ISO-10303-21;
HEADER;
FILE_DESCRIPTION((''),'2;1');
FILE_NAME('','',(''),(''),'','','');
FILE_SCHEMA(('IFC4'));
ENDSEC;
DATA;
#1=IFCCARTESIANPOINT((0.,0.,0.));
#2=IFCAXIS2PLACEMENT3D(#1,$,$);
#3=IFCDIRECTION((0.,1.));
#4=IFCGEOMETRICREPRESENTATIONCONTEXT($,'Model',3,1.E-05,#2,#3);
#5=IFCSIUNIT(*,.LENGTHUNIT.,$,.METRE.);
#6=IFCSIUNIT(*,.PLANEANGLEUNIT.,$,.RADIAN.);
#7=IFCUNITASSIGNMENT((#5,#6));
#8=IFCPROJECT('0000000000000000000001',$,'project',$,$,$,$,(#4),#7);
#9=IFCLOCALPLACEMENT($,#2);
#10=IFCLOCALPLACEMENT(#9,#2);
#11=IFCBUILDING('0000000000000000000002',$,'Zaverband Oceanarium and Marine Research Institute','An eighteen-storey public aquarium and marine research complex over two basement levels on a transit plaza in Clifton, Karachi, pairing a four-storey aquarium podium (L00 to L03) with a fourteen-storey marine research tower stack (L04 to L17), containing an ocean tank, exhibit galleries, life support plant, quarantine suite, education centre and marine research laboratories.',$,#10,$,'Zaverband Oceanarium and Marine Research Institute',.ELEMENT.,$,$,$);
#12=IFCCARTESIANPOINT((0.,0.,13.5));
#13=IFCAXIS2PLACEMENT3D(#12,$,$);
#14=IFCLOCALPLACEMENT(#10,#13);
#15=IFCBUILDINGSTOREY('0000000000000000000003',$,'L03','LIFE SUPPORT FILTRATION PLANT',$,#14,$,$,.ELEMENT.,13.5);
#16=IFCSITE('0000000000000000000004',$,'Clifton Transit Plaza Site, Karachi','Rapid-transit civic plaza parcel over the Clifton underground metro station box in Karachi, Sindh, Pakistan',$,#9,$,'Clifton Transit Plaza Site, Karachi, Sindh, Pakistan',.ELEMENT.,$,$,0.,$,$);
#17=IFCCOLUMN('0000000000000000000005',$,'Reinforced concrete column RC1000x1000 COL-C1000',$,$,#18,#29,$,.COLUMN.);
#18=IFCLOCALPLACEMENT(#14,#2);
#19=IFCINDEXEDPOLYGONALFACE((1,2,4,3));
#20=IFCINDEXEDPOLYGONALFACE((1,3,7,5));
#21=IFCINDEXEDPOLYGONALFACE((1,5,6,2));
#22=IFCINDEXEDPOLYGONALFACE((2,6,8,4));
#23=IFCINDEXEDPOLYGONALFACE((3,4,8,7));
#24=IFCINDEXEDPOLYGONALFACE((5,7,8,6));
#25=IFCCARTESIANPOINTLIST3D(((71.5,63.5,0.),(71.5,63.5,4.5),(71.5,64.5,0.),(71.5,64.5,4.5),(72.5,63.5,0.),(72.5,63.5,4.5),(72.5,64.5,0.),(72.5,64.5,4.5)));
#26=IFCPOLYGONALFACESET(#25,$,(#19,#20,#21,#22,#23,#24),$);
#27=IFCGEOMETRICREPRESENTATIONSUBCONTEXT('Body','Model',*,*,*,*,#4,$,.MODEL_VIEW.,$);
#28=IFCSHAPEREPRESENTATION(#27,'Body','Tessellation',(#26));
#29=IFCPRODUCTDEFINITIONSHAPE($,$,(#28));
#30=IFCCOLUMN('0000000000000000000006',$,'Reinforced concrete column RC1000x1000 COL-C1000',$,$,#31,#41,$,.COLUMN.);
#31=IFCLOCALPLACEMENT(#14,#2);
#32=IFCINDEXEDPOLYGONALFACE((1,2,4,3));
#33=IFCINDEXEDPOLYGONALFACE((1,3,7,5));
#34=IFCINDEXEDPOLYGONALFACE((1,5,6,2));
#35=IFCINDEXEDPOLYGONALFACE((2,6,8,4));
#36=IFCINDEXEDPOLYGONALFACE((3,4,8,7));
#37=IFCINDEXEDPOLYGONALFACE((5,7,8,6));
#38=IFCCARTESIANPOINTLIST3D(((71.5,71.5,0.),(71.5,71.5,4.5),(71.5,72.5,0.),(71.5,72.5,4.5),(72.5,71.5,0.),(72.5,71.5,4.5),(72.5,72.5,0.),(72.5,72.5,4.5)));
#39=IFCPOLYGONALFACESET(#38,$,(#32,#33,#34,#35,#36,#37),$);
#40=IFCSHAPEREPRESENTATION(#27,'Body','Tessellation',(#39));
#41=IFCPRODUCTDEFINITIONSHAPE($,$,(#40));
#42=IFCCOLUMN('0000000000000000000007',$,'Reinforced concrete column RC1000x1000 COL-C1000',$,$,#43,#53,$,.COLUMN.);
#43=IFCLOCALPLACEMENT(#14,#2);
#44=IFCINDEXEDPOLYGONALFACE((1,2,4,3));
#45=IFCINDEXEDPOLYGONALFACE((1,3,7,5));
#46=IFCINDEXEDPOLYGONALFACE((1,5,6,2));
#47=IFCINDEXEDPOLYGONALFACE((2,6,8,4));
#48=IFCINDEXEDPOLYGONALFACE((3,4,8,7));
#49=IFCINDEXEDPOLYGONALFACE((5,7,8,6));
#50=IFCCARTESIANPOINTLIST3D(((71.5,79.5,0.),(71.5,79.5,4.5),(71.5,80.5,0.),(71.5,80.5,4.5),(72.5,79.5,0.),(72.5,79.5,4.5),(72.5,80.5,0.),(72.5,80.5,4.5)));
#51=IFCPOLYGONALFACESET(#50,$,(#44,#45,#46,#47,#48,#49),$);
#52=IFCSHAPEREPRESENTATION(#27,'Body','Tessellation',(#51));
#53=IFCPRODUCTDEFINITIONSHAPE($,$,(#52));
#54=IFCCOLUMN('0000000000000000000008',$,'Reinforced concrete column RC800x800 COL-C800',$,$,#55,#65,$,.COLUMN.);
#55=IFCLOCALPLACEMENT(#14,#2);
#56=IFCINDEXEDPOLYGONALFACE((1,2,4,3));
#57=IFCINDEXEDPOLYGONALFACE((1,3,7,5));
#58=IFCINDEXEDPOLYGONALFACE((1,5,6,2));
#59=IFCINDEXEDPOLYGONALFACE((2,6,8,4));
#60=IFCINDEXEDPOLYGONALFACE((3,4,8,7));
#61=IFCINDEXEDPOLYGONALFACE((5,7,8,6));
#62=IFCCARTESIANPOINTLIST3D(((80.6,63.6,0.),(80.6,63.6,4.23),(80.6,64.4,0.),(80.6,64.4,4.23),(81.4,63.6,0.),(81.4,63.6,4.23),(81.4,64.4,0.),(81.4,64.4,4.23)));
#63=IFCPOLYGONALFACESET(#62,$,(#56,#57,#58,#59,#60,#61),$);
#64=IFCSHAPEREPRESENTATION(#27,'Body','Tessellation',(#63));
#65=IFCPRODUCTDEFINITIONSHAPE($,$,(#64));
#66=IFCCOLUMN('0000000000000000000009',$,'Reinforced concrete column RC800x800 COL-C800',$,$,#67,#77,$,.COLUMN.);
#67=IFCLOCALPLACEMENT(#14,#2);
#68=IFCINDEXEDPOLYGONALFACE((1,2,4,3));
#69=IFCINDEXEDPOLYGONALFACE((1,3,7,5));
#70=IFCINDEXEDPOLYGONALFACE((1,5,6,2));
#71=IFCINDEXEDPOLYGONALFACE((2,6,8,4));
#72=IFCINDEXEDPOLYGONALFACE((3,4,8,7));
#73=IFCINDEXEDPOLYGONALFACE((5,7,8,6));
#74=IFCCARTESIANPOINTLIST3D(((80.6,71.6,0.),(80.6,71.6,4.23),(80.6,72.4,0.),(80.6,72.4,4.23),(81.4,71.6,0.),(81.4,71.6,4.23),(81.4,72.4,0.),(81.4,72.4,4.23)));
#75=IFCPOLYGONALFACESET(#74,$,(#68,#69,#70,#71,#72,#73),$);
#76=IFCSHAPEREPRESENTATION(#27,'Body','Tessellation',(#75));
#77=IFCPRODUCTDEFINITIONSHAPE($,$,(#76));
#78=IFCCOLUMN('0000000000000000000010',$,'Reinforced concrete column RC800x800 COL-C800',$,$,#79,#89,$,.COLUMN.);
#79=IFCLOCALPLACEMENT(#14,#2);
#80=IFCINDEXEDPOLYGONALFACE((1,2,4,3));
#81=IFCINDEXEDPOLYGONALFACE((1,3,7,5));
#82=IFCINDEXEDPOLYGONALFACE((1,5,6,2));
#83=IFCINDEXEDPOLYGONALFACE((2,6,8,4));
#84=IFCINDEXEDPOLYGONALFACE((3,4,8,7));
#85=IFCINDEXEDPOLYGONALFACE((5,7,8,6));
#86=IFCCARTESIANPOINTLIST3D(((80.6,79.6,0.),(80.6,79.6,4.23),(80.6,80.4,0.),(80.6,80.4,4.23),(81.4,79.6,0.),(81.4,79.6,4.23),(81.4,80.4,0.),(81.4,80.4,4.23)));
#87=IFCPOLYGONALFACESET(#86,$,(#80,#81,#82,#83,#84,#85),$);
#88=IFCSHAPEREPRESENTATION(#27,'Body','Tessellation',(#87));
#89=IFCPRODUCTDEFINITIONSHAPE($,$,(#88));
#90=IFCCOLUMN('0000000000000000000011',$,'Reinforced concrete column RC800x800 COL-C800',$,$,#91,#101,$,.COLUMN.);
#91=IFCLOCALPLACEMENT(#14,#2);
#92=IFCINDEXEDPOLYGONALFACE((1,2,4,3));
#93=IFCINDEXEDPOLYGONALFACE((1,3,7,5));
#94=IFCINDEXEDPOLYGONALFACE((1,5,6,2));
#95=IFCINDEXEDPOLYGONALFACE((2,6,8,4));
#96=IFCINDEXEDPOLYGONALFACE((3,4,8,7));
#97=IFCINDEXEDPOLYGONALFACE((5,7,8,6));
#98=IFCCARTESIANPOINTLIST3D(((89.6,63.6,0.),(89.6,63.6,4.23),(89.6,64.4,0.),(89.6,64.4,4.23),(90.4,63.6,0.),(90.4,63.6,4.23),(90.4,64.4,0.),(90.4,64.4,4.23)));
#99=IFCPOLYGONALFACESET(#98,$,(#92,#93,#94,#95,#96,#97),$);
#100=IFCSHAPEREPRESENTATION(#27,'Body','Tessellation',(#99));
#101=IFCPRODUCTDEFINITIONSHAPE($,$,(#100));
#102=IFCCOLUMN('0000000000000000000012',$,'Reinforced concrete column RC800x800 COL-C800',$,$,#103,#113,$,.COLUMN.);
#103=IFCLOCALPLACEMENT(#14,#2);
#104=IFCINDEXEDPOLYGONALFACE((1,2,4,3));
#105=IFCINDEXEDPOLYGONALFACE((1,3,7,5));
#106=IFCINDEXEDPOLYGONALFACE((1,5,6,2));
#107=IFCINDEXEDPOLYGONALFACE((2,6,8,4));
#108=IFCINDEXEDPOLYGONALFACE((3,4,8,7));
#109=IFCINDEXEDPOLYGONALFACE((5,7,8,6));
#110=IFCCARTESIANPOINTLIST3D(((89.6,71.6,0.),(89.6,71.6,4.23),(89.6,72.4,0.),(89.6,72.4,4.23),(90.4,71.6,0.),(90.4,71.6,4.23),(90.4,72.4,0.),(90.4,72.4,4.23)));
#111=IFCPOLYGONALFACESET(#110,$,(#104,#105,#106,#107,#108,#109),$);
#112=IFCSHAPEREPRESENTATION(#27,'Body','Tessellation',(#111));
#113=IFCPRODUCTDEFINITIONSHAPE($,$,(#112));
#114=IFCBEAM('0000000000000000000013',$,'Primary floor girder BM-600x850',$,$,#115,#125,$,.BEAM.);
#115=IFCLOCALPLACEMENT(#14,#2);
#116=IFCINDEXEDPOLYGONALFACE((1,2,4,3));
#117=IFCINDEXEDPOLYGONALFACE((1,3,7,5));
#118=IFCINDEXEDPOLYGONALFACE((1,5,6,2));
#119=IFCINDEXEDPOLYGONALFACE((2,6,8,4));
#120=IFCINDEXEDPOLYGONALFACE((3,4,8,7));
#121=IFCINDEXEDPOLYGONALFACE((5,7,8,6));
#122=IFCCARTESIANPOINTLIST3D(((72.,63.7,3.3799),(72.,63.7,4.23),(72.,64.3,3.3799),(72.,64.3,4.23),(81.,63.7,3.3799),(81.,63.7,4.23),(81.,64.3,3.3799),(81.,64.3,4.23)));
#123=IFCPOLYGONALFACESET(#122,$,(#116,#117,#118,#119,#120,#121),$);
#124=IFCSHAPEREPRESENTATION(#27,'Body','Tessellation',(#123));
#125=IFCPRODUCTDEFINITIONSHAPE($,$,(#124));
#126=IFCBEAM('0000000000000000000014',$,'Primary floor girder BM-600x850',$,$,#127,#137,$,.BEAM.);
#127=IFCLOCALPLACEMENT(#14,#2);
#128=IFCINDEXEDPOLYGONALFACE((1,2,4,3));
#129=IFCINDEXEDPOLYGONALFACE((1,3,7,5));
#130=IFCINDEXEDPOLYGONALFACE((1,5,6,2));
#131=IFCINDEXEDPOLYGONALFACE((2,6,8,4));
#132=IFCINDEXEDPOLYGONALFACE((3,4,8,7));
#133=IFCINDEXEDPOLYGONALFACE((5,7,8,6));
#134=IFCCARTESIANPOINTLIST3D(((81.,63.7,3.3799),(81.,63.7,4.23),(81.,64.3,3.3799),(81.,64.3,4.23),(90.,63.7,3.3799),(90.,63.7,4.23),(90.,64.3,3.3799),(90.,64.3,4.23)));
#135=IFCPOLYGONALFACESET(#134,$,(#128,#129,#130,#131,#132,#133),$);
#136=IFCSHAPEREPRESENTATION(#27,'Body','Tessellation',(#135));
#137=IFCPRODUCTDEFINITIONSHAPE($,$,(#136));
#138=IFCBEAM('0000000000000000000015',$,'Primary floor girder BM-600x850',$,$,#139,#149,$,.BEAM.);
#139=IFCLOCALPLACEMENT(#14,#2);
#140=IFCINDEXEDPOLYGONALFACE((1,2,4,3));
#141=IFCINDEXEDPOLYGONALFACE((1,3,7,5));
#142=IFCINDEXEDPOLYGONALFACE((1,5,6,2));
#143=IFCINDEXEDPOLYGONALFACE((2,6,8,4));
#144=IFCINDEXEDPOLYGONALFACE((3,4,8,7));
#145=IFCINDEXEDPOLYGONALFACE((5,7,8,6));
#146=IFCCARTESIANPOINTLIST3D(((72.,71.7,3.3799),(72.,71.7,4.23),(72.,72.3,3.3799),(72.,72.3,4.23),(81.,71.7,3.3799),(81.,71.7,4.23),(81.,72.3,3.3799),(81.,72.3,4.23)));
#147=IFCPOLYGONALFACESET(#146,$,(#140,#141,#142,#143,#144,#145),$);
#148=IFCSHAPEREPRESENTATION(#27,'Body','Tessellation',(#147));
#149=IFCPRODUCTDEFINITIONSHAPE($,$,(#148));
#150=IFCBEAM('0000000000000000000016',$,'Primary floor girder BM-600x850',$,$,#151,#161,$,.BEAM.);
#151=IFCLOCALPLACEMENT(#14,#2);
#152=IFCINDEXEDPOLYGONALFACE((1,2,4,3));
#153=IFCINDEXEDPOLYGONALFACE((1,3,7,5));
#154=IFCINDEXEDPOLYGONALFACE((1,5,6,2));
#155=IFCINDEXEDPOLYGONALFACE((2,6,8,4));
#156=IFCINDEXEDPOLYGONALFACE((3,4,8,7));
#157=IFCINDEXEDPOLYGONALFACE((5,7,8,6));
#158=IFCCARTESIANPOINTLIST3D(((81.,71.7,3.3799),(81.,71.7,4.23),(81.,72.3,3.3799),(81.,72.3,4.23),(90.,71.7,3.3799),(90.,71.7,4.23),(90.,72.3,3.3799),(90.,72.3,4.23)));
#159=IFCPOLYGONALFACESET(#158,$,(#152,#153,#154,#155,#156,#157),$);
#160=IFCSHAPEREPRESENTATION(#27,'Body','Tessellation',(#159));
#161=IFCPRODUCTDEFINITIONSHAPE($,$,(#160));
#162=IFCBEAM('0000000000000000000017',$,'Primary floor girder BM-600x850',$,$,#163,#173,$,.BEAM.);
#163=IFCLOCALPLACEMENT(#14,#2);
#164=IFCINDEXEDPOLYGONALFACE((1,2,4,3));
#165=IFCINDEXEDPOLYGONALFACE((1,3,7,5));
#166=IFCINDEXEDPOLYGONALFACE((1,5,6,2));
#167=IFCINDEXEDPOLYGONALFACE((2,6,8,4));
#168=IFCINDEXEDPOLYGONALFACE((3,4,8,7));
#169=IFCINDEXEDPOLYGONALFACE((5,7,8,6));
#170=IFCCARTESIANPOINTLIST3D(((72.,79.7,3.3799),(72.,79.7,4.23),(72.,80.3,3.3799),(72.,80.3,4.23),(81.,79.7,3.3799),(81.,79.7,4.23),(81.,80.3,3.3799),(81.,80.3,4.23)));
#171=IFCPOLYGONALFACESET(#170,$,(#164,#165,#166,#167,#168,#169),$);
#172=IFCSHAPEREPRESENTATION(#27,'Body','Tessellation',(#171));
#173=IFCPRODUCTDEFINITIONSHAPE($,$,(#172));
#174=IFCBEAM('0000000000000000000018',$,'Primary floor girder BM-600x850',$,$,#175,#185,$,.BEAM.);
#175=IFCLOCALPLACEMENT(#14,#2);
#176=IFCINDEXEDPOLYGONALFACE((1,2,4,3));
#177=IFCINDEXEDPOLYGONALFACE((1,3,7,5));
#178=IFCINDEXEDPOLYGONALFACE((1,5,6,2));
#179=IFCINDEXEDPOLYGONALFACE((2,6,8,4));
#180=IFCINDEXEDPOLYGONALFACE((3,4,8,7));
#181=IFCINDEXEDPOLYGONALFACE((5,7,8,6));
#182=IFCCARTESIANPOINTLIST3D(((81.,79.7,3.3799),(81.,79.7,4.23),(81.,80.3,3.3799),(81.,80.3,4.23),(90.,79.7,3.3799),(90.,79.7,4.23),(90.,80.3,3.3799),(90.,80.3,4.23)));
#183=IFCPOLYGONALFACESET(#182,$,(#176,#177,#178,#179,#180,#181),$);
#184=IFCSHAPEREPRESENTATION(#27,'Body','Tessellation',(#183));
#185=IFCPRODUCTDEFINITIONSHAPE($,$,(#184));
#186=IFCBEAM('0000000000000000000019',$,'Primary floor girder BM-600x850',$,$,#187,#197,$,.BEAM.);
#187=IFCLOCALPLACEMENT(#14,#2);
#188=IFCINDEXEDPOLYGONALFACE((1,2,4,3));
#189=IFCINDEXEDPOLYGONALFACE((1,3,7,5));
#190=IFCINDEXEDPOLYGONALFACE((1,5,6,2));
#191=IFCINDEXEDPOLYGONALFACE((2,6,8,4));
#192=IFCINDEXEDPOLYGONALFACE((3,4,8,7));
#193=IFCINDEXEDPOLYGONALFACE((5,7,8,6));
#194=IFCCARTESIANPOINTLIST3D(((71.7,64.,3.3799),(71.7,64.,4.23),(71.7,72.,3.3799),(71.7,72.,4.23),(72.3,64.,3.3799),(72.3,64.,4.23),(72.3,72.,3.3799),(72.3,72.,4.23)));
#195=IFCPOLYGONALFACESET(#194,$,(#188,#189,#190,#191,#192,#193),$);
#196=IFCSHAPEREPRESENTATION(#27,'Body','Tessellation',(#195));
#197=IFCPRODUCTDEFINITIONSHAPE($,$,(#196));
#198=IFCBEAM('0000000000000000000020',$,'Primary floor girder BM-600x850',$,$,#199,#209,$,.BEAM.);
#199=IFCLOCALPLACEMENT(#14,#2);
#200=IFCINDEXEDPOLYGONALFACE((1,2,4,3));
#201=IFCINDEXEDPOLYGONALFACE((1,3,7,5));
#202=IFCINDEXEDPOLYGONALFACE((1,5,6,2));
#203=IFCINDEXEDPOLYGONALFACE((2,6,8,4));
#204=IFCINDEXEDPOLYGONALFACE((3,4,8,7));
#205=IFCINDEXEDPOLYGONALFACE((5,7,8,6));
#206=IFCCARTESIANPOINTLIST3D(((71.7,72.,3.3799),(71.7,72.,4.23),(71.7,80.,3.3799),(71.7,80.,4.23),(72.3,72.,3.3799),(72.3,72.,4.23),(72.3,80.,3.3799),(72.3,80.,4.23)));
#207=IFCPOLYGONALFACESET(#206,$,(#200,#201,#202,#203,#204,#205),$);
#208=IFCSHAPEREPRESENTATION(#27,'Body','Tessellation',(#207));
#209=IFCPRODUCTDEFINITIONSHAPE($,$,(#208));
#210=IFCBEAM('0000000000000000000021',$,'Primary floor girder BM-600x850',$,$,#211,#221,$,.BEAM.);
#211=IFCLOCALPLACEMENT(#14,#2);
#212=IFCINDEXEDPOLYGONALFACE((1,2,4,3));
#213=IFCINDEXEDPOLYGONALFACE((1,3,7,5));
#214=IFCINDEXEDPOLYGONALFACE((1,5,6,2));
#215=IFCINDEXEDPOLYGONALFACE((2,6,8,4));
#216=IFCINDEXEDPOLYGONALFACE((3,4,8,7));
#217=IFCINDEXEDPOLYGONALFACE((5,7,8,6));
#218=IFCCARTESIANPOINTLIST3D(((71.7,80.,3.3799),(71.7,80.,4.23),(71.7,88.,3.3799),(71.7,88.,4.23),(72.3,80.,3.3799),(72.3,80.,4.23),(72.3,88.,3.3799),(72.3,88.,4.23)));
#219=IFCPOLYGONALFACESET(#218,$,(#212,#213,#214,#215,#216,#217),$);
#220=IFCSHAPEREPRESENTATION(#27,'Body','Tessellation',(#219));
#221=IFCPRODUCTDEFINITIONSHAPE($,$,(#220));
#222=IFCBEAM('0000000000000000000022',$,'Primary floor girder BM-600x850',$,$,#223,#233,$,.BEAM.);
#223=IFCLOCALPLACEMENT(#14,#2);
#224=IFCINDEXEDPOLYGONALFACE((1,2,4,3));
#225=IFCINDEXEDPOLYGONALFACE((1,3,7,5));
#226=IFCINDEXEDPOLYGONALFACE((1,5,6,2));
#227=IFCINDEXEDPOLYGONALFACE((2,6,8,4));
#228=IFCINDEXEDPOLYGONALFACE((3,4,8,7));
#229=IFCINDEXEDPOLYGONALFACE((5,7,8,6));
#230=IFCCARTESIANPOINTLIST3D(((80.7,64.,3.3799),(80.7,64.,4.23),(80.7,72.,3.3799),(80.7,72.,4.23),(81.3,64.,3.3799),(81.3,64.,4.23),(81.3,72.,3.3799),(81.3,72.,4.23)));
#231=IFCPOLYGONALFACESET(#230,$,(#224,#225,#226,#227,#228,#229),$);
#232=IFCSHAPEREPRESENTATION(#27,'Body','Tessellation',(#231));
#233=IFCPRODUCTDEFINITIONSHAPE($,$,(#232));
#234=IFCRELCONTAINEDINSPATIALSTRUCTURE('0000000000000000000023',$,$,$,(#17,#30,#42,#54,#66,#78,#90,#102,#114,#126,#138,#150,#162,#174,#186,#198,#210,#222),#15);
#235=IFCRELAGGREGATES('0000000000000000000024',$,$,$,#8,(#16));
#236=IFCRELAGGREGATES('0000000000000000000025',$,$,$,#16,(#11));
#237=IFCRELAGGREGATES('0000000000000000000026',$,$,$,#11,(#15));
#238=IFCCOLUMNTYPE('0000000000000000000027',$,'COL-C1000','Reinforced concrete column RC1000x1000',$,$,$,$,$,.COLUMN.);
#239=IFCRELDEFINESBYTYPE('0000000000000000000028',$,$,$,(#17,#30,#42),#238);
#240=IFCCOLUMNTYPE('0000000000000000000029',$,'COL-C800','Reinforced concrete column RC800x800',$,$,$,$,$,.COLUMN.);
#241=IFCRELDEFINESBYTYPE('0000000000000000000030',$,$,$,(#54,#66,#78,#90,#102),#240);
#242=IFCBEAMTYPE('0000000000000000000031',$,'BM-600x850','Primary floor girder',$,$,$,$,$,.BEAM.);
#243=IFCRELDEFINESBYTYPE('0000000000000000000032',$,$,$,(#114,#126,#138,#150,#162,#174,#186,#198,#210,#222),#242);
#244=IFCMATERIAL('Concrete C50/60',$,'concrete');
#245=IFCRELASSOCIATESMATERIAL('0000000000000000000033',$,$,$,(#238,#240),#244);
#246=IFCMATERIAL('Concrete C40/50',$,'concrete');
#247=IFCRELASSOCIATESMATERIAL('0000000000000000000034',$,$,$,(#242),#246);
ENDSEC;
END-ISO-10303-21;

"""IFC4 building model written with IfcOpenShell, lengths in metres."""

from ifc_helpers import new_model, si_unit, direction, frame, origin, origin_2d, place, context, subcontext, project, spatial, rectangle, extrude, material, material_profile, profile_set, type_object, element, save


model = new_model("IFC4")

# Units and contexts
model_context = context("Model", 3, precision=1e-05, world=origin(), true_north=direction((0.0, 1.0)))
body_context = subcontext(model_context, "Body", "Model", "MODEL_VIEW")
ifc_project = project(units=[si_unit("LENGTHUNIT", "METRE"), si_unit("PLANEANGLEUNIT", "RADIAN")], contexts=[model_context])

# Site, building, storey
site_placement = place(None, origin())
site = spatial("IfcSite", under=ifc_project, at=site_placement, Name="Clifton Transit Plaza Site, Karachi", Description="Rapid-transit civic plaza parcel over the Clifton underground metro station box in Karachi, Sindh, Pakistan", LongName="Clifton Transit Plaza Site, Karachi, Sindh, Pakistan", CompositionType="ELEMENT", RefElevation=0.0)
building_placement = place(site_placement, origin())
building = spatial("IfcBuilding", under=site, at=building_placement, Name="Zaverband Oceanarium and Marine Research Institute", Description="An eighteen-storey public aquarium and marine research complex over two basement levels on a transit plaza in Clifton, Karachi, pairing a four-storey aquarium podium (L00 to L03) with a fourteen-storey marine research tower stack (L04 to L17), containing an ocean tank, exhibit galleries, life support plant, quarantine suite, education centre and marine research laboratories.", LongName="Zaverband Oceanarium and Marine Research Institute", CompositionType="ELEMENT")
storey_placement = place(building_placement, frame((0.0, 0.0, 13.5)))
storey = spatial("IfcBuildingStorey", under=building, at=storey_placement, Name="L03", Description="LIFE SUPPORT FILTRATION PLANT", CompositionType="ELEMENT", Elevation=13.5)

# Columns
ifc_material_1 = material(Name="Concrete C50/60", Category="concrete")
ifc_material_profile_1 = material_profile(ifc_material_1, rectangle(XDim=1.0, YDim=1.0, at=origin_2d()), Name="RC1000x1000")
ifc_profile_set_1 = profile_set([ifc_material_profile_1], Name="Concrete C50/60")
column_type_1 = type_object("IfcColumnType", Name="COL-C1000", Description="Reinforced concrete column RC1000x1000", PredefinedType="COLUMN", material=ifc_profile_set_1)
for number, where, z_axis, x_axis, name in (
    (1, (72.0, 64.0, 0.0), (0.0, 0.0, 1.0), (1.0, 0.0, 0.0), "Reinforced concrete column RC1000x1000 COL-C1000"),
    (2, (72.0, 72.0, 0.0), (0.0, 0.0, 1.0), (1.0, 0.0, 0.0), "Reinforced concrete column RC1000x1000 COL-C1000"),
    (3, (72.0, 80.0, 0.0), (0.0, 0.0, 1.0), (1.0, 0.0, 0.0), "Reinforced concrete column RC1000x1000 COL-C1000"),
):
    element("IfcColumn", number, at=place(storey_placement, frame(where, z_axis=z_axis, x_axis=x_axis)), inside=storey, type_object=column_type_1, Name=name, PredefinedType="COLUMN", context=body_context, shape_type="SweptSolid", body=[
        extrude(rectangle(XDim=1.0, YDim=1.0, at=origin_2d()), origin(), (0.0, 0.0, 1.0), 4.5),
    ])
ifc_material_profile_2 = material_profile(ifc_material_1, rectangle(XDim=0.8, YDim=0.8, at=origin_2d()), Name="RC800x800")
ifc_profile_set_2 = profile_set([ifc_material_profile_2], Name="Concrete C50/60")
column_type_2 = type_object("IfcColumnType", Name="COL-C800", Description="Reinforced concrete column RC800x800", PredefinedType="COLUMN", material=ifc_profile_set_2)
for number, where, z_axis, x_axis, name in (
    (4, (81.0, 64.0, 0.0), (0.0, 0.0, 1.0), (1.0, 0.0, 0.0), "Reinforced concrete column RC800x800 COL-C800"),
    (5, (81.0, 72.0, 0.0), (0.0, 0.0, 1.0), (1.0, 0.0, 0.0), "Reinforced concrete column RC800x800 COL-C800"),
    (6, (81.0, 80.0, 0.0), (0.0, 0.0, 1.0), (1.0, 0.0, 0.0), "Reinforced concrete column RC800x800 COL-C800"),
    (7, (90.0, 64.0, 0.0), (0.0, 0.0, 1.0), (1.0, 0.0, 0.0), "Reinforced concrete column RC800x800 COL-C800"),
    (8, (90.0, 72.0, 0.0), (0.0, 0.0, 1.0), (1.0, 0.0, 0.0), "Reinforced concrete column RC800x800 COL-C800"),
):
    element("IfcColumn", number, at=place(storey_placement, frame(where, z_axis=z_axis, x_axis=x_axis)), inside=storey, type_object=column_type_2, Name=name, PredefinedType="COLUMN", context=body_context, shape_type="SweptSolid", body=[
        extrude(rectangle(XDim=0.8, YDim=0.8, at=origin_2d()), origin(), (0.0, 0.0, 1.0), 4.23),
    ])

# Beams
ifc_material_2 = material(Name="Concrete C40/50", Category="concrete")
ifc_material_profile_3 = material_profile(ifc_material_2, rectangle(XDim=0.6001, YDim=0.8501, at=origin_2d()), Name="RC600x850")
ifc_profile_set_3 = profile_set([ifc_material_profile_3], Name="Concrete C40/50")
beam_type_1 = type_object("IfcBeamType", Name="BM-600x850", Description="Primary floor girder", PredefinedType="BEAM", material=ifc_profile_set_3)
for number, where, z_axis, x_axis, name in (
    (9, (72.0, 64.0, 3.8049), (1.0, 0.0, 0.0), (0.0, 1.0, 0.0), "Primary floor girder BM-600x850"),
    (10, (81.0, 64.0, 3.8049), (1.0, 0.0, 0.0), (0.0, 1.0, 0.0), "Primary floor girder BM-600x850"),
    (11, (72.0, 72.0, 3.8049), (1.0, 0.0, 0.0), (0.0, 1.0, 0.0), "Primary floor girder BM-600x850"),
    (12, (81.0, 72.0, 3.8049), (1.0, 0.0, 0.0), (0.0, 1.0, 0.0), "Primary floor girder BM-600x850"),
    (13, (72.0, 80.0, 3.8049), (1.0, 0.0, 0.0), (0.0, 1.0, 0.0), "Primary floor girder BM-600x850"),
    (14, (81.0, 80.0, 3.8049), (1.0, 0.0, 0.0), (0.0, 1.0, 0.0), "Primary floor girder BM-600x850"),
):
    element("IfcBeam", number, at=place(storey_placement, frame(where, z_axis=z_axis, x_axis=x_axis)), inside=storey, type_object=beam_type_1, Name=name, PredefinedType="BEAM", context=body_context, shape_type="SweptSolid", body=[
        extrude(rectangle(XDim=0.6001, YDim=0.8501, at=origin_2d()), origin(), (0.0, 0.0, 1.0), 9.0),
    ])
for number, where, z_axis, x_axis, name in (
    (15, (72.0, 64.0, 3.8049), (0.0, 1.0, 0.0), (-1.0, 0.0, 0.0), "Primary floor girder BM-600x850"),
    (16, (72.0, 72.0, 3.8049), (0.0, 1.0, 0.0), (-1.0, 0.0, 0.0), "Primary floor girder BM-600x850"),
    (17, (72.0, 80.0, 3.8049), (0.0, 1.0, 0.0), (-1.0, 0.0, 0.0), "Primary floor girder BM-600x850"),
    (18, (81.0, 64.0, 3.8049), (0.0, 1.0, 0.0), (-1.0, 0.0, 0.0), "Primary floor girder BM-600x850"),
):
    element("IfcBeam", number, at=place(storey_placement, frame(where, z_axis=z_axis, x_axis=x_axis)), inside=storey, type_object=beam_type_1, Name=name, PredefinedType="BEAM", context=body_context, shape_type="SweptSolid", body=[
        extrude(rectangle(XDim=0.6001, YDim=0.8501, at=origin_2d()), origin(), (0.0, 0.0, 1.0), 8.0),
    ])

save(model, "model.ifc")
